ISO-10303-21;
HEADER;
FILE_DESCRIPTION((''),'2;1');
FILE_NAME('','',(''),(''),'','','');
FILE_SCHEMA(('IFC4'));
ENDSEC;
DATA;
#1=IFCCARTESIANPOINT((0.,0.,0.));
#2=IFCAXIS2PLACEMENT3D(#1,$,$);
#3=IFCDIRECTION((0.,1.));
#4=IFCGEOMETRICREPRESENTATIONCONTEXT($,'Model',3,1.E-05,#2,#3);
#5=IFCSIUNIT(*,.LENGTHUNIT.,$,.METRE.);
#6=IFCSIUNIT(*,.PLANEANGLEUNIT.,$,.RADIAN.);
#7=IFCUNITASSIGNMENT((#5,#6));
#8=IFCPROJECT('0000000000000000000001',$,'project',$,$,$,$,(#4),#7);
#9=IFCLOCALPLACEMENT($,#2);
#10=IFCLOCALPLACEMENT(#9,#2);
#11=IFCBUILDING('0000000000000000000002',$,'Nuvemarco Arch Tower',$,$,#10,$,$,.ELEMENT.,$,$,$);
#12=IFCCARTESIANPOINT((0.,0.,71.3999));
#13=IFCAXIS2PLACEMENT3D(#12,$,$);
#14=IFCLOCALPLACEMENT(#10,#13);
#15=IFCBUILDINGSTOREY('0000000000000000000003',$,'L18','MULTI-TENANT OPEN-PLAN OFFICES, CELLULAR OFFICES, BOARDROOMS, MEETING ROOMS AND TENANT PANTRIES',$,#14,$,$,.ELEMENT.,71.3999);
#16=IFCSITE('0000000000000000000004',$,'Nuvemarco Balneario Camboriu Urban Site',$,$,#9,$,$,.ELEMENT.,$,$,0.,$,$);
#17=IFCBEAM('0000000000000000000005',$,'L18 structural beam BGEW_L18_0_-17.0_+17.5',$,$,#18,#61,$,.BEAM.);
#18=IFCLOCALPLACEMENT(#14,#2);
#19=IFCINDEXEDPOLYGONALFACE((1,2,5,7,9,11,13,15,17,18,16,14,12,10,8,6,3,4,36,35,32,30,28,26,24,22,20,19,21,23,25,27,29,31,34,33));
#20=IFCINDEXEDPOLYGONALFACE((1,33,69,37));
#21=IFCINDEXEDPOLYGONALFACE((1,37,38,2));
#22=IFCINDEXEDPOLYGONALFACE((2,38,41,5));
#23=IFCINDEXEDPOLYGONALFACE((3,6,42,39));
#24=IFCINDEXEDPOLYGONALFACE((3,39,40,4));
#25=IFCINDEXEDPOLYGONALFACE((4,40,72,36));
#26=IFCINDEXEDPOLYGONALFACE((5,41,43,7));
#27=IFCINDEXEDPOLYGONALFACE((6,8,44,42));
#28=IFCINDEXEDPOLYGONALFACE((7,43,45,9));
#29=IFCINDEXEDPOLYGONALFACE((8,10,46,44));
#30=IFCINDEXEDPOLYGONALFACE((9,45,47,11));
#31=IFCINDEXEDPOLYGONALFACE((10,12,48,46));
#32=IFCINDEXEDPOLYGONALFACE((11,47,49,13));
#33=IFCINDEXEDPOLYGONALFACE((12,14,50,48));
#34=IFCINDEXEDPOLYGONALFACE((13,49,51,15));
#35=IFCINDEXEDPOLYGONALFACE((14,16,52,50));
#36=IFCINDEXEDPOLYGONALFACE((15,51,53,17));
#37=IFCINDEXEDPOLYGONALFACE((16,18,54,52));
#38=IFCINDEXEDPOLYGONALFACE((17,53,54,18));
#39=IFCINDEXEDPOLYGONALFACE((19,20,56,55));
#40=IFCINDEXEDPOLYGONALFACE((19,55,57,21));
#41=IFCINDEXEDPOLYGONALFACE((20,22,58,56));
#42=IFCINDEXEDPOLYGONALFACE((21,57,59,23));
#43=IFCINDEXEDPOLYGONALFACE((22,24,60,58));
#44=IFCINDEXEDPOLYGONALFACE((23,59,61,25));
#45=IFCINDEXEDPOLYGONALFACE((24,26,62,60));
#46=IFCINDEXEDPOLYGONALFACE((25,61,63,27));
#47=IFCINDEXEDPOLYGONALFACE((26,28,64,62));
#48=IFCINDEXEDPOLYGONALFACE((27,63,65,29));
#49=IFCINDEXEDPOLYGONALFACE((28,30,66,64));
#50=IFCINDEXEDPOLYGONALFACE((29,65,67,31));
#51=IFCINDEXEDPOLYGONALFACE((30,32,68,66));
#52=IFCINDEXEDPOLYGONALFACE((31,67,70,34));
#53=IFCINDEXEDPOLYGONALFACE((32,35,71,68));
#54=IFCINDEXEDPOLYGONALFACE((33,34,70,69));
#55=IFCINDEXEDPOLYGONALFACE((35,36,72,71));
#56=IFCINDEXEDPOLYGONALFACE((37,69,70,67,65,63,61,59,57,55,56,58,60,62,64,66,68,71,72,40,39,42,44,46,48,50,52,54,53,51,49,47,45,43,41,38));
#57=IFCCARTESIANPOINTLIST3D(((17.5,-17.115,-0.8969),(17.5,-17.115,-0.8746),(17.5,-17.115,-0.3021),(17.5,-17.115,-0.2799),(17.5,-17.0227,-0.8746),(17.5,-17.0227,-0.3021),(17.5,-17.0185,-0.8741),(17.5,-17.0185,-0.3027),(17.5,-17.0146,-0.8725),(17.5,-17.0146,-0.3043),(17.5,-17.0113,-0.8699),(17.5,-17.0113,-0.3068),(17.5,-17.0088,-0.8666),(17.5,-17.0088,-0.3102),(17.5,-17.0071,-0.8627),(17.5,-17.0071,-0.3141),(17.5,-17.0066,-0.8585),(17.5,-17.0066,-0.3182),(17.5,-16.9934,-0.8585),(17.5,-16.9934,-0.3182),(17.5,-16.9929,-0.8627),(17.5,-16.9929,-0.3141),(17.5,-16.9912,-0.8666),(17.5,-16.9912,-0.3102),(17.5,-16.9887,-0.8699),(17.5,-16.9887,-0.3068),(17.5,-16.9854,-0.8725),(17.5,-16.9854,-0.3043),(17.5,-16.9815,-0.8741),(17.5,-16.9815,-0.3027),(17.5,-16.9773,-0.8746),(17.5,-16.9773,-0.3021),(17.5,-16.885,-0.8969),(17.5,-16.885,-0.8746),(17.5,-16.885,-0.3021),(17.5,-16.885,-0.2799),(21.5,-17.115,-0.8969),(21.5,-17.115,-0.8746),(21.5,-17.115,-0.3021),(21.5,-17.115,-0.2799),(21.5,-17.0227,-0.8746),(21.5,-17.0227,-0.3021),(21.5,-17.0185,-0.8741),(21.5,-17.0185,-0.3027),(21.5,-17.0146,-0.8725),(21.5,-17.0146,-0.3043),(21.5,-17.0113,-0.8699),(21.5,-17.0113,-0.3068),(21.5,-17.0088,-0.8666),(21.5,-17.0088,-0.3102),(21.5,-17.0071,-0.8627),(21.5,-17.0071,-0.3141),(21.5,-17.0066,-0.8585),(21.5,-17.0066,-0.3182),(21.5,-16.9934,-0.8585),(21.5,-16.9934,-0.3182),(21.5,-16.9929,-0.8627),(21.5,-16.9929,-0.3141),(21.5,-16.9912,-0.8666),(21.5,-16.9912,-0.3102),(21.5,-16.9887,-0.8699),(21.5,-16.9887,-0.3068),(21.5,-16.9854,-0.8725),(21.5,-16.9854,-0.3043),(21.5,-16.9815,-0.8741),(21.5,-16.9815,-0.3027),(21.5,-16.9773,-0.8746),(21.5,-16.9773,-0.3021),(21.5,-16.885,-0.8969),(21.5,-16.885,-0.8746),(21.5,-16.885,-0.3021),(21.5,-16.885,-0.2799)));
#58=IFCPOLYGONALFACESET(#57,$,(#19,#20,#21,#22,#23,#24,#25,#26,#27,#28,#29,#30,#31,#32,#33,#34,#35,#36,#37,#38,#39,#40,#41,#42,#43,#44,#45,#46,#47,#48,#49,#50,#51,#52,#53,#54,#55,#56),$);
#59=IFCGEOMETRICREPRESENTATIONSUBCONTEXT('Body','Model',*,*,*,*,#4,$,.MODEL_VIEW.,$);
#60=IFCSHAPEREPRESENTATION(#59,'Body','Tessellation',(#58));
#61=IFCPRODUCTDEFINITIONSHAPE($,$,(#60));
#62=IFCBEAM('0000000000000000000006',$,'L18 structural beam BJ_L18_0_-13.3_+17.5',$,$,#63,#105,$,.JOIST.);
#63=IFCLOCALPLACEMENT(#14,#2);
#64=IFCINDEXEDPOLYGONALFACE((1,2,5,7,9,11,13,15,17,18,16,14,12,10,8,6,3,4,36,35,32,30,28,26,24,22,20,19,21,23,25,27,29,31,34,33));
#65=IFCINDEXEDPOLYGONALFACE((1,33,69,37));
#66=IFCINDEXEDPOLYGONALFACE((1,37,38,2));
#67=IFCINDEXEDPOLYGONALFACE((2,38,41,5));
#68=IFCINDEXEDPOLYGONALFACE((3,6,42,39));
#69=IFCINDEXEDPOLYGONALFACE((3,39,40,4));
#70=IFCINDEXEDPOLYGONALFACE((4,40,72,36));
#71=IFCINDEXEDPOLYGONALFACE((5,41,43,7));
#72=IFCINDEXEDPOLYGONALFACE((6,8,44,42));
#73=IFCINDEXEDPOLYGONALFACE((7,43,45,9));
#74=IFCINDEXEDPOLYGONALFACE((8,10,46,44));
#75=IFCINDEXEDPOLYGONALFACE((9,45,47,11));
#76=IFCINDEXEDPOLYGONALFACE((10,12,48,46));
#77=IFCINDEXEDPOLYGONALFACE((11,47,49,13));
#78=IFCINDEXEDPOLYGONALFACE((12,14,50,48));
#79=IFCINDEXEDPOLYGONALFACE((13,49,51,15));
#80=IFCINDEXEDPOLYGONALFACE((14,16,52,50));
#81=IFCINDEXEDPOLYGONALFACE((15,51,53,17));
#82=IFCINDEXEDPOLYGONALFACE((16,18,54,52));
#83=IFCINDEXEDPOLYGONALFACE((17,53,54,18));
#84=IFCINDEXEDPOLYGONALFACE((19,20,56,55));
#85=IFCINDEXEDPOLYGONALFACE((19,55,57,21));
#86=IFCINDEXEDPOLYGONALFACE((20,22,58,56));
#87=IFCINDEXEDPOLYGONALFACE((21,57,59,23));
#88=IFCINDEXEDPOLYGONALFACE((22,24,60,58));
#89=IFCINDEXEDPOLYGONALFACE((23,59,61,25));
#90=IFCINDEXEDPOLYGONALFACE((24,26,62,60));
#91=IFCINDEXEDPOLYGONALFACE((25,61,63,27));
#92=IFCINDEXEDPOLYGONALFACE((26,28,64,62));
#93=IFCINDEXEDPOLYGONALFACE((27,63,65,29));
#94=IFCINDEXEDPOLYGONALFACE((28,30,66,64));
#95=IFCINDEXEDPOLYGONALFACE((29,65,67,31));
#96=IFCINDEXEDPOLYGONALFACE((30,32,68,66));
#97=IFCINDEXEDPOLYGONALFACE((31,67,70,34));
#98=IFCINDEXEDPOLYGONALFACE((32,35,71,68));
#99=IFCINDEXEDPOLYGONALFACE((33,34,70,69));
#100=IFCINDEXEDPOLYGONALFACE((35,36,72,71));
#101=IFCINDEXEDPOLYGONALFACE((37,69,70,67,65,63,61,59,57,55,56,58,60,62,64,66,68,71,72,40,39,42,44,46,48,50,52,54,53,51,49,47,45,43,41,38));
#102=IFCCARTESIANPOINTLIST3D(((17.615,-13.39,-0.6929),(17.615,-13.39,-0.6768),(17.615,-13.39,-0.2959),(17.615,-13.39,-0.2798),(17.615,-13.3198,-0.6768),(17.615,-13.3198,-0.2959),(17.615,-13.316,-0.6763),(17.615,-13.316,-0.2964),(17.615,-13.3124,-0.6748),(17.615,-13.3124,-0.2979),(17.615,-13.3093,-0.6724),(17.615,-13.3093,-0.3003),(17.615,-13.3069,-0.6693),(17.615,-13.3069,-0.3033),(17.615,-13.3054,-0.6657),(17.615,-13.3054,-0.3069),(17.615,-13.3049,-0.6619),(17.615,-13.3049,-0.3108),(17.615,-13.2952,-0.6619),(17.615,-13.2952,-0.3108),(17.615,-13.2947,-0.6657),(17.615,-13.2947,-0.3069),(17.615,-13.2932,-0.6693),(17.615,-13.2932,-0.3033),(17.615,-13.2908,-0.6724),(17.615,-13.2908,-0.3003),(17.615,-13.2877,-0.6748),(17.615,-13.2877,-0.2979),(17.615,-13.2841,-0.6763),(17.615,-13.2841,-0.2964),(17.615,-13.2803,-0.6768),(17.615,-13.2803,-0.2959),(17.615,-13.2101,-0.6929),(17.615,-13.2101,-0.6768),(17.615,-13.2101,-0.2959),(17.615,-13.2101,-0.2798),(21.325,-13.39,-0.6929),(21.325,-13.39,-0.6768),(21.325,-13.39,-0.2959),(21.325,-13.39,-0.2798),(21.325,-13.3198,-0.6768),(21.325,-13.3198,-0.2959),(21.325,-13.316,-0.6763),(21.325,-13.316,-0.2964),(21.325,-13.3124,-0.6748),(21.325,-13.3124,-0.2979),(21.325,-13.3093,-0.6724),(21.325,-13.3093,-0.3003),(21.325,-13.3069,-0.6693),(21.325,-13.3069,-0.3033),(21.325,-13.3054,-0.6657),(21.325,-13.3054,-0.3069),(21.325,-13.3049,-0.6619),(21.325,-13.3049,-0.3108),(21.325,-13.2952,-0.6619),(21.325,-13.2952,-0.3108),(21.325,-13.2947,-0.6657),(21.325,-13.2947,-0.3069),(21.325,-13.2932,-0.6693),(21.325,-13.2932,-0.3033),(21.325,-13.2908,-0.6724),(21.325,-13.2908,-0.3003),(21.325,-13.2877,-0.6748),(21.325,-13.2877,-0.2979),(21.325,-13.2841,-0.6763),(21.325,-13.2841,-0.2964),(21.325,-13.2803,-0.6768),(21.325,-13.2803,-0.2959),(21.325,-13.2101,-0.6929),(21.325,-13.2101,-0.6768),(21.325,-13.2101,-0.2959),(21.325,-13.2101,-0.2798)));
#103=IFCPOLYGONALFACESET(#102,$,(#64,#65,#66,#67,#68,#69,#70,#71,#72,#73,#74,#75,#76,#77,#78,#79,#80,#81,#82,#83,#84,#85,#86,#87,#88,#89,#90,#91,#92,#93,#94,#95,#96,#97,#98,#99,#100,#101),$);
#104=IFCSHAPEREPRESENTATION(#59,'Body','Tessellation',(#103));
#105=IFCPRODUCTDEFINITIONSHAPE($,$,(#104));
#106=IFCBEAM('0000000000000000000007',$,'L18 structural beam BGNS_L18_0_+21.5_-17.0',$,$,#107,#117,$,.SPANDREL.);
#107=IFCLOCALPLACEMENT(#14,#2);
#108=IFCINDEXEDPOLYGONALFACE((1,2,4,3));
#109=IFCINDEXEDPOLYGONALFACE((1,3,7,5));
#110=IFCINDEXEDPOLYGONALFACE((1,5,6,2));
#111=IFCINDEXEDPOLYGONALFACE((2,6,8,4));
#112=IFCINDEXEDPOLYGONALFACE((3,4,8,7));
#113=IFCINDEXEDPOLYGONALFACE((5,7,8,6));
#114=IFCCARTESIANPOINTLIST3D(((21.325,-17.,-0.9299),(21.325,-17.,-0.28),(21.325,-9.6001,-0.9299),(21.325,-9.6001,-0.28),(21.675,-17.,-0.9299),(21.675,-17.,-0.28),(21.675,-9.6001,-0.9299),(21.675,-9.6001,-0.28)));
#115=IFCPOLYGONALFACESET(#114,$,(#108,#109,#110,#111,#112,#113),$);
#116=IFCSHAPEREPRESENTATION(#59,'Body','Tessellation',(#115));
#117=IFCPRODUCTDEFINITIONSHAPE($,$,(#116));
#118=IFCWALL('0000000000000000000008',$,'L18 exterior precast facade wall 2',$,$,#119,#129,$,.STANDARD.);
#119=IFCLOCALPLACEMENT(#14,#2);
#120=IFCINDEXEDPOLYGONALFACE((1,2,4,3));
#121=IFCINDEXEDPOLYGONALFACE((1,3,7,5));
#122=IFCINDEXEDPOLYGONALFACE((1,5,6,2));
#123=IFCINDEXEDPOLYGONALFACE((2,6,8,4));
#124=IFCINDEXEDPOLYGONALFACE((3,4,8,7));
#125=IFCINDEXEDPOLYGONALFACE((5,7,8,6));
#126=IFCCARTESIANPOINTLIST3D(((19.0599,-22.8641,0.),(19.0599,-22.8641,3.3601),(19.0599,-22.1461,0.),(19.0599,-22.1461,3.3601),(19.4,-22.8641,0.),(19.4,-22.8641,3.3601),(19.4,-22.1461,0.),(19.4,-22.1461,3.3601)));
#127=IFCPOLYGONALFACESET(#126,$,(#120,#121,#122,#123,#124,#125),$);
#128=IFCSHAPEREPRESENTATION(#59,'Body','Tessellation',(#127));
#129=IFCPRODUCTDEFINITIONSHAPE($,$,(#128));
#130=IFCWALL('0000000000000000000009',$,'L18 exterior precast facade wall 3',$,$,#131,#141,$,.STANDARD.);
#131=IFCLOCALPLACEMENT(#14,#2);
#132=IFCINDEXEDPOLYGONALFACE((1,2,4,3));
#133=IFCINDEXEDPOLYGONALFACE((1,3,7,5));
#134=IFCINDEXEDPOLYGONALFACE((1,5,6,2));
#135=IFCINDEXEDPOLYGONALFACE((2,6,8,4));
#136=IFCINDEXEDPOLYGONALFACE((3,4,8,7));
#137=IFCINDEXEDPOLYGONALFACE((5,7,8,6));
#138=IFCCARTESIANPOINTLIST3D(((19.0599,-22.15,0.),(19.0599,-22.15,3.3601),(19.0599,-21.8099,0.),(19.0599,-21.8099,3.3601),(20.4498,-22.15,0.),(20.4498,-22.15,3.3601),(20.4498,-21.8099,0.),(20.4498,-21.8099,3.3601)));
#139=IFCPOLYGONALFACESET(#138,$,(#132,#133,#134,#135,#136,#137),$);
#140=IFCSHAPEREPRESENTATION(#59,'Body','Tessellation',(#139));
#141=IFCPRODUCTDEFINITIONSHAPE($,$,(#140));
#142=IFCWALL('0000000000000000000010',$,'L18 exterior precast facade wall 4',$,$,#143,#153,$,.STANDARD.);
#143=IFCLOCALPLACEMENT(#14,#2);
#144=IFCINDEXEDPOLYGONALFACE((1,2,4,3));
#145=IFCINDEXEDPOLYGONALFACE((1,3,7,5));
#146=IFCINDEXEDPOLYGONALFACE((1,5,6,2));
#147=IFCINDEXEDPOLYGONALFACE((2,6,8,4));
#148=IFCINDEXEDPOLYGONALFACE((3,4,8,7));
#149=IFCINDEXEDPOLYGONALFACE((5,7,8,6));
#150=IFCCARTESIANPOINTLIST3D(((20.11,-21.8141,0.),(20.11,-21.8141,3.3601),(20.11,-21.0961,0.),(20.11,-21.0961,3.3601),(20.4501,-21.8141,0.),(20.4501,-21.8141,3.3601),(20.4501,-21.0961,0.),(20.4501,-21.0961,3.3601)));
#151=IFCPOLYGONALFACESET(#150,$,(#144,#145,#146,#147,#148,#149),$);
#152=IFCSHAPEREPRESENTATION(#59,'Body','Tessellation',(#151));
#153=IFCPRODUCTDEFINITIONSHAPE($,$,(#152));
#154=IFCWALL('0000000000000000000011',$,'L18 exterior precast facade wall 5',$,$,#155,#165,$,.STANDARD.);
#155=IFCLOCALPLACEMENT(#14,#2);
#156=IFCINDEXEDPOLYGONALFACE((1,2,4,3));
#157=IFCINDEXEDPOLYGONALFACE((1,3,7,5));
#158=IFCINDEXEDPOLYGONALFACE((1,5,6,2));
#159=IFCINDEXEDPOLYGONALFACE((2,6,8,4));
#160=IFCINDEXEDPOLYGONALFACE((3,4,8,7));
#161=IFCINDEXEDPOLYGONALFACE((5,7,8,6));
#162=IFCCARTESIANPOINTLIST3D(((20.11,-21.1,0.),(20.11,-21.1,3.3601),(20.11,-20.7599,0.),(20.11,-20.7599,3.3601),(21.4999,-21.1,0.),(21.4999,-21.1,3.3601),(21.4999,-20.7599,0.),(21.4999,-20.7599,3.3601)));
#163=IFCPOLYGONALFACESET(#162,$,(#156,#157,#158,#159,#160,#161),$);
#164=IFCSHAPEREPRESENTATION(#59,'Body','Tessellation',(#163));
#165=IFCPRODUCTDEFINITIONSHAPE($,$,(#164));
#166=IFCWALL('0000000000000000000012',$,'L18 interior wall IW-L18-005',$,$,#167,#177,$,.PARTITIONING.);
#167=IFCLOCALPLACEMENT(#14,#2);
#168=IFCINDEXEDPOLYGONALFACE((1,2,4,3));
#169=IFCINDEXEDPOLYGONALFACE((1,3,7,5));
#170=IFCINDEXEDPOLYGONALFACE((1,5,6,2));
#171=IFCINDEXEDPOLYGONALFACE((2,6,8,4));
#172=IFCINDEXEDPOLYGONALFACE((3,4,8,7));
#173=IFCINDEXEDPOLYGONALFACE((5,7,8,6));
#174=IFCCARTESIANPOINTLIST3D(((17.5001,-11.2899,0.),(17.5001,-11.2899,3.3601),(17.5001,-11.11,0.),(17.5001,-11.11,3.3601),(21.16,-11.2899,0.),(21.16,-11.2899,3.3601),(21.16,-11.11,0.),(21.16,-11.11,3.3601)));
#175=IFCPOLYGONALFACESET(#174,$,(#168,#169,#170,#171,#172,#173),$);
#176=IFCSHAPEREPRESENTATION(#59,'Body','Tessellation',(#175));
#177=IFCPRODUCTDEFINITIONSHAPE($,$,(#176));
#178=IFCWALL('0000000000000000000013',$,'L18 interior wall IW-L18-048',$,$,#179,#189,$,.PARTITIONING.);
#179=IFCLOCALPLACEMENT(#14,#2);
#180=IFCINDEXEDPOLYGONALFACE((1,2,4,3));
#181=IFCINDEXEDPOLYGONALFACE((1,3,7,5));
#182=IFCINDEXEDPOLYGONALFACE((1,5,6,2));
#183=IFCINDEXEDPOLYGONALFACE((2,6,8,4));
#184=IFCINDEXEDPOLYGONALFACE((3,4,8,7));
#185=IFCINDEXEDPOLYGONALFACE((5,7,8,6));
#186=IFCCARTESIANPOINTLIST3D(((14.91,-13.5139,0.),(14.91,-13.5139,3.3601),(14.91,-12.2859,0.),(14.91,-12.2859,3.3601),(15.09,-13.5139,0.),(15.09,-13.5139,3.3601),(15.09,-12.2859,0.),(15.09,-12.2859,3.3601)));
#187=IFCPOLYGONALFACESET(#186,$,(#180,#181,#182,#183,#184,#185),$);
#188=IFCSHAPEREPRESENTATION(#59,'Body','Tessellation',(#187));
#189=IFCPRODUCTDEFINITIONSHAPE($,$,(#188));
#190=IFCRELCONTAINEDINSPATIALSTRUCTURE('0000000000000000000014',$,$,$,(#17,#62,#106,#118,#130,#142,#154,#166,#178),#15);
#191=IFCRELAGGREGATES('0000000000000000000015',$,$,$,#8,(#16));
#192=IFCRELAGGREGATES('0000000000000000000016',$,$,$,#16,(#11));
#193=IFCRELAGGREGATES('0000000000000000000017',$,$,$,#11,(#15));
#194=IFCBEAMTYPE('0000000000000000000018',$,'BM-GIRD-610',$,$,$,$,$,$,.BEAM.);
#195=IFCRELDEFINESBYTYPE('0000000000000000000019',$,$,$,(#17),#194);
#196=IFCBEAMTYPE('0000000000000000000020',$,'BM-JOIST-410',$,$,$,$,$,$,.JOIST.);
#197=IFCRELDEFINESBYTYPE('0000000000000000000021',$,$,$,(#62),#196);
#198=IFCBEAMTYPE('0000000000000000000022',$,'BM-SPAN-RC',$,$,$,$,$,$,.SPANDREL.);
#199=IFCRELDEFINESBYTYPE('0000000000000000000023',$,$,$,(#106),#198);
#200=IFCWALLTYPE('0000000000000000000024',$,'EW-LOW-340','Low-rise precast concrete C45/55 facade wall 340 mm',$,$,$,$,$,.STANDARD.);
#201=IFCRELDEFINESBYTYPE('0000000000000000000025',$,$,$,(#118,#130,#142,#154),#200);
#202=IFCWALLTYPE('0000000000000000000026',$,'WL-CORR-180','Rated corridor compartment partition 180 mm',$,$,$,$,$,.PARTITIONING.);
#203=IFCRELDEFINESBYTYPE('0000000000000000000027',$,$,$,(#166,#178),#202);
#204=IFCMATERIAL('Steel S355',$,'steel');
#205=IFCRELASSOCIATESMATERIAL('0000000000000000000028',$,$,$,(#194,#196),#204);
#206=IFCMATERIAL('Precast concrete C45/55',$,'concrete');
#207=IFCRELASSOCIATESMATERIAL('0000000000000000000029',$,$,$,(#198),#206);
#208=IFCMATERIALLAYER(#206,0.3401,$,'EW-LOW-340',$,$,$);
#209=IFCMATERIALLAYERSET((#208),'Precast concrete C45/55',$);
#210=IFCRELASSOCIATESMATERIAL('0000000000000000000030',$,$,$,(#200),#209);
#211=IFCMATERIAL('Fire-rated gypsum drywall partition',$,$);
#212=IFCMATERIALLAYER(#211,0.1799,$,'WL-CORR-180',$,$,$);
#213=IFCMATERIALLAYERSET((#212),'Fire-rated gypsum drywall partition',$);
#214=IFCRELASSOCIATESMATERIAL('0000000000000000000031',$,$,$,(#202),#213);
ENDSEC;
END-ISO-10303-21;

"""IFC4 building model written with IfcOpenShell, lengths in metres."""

from ifc_helpers import new_model, si_unit, direction, frame, frame_2d, origin, origin_2d, place, context, subcontext, project, spatial, rectangle, i_section, extrude, material, layer, layer_set, material_profile, profile_set, type_object, element, save


model = new_model("IFC4")

# Units and contexts
model_context = context("Model", 3, precision=1e-05, world=origin(), true_north=direction((0.0, 1.0)))
body_context = subcontext(model_context, "Body", "Model", "MODEL_VIEW")
ifc_project = project(units=[si_unit("LENGTHUNIT", "METRE"), si_unit("PLANEANGLEUNIT", "RADIAN")], contexts=[model_context])

# Site, building, storey
site_placement = place(None, origin())
site = spatial("IfcSite", under=ifc_project, at=site_placement, Name="Nuvemarco Balneario Camboriu Urban Site", CompositionType="ELEMENT", RefElevation=0.0)
building_placement = place(site_placement, origin())
building = spatial("IfcBuilding", under=site, at=building_placement, Name="Nuvemarco Arch Tower", CompositionType="ELEMENT")
storey_placement = place(building_placement, frame((0.0, 0.0, 71.3999)))
storey = spatial("IfcBuildingStorey", under=building, at=storey_placement, Name="L18", Description="MULTI-TENANT OPEN-PLAN OFFICES, CELLULAR OFFICES, BOARDROOMS, MEETING ROOMS AND TENANT PANTRIES", CompositionType="ELEMENT", Elevation=71.3999)

# Shared definitions
ifc_material_1 = material(Name="Steel S355", Category="steel")

# Beams
ifc_material_profile_1 = material_profile(ifc_material_1, i_section(OverallWidth=0.23, OverallDepth=0.6169, WebThickness=0.0132, FlangeThickness=0.0222, FilletRadius=0.0161, at=origin_2d()), Name="W610x140")
ifc_profile_set_1 = profile_set([ifc_material_profile_1], Name="Steel S355")
beam_type_1 = type_object("IfcBeamType", Name="BM-GIRD-610", PredefinedType="BEAM", material=ifc_profile_set_1)
beam_1_placement = place(storey_placement, frame((17.5, -17.0, -0.5884), z_axis=(1.0, 0.0, 0.0), x_axis=(0.0, 1.0, 0.0)))
element("IfcBeam", 1, at=beam_1_placement, inside=storey, type_object=beam_type_1, Name="L18 structural beam BGEW_L18_0_-17.0_+17.5", PredefinedType="BEAM", context=body_context, shape_type="SweptSolid", body=[
    extrude(i_section(OverallWidth=0.23, OverallDepth=0.6169, WebThickness=0.0132, FlangeThickness=0.0222, FilletRadius=0.0161, at=origin_2d()), origin(), (0.0, 0.0, 1.0), 4.0),
])
ifc_material_profile_2 = material_profile(ifc_material_1, i_section(OverallWidth=0.1799, OverallDepth=0.4131, WebThickness=0.0098, FlangeThickness=0.0161, FilletRadius=0.0149, at=origin_2d()), Name="W410x75")
ifc_profile_set_2 = profile_set([ifc_material_profile_2], Name="Steel S355")
beam_type_2 = type_object("IfcBeamType", Name="BM-JOIST-410", PredefinedType="JOIST", material=ifc_profile_set_2)
beam_2_placement = place(storey_placement, frame((17.615, -13.3, -0.4863), z_axis=(1.0, 0.0, 0.0), x_axis=(0.0, 1.0, 0.0)))
element("IfcBeam", 2, at=beam_2_placement, inside=storey, type_object=beam_type_2, Name="L18 structural beam BJ_L18_0_-13.3_+17.5", PredefinedType="JOIST", context=body_context, shape_type="SweptSolid", body=[
    extrude(i_section(OverallWidth=0.1799, OverallDepth=0.4131, WebThickness=0.0098, FlangeThickness=0.0161, FilletRadius=0.0149, at=origin_2d()), origin(), (0.0, 0.0, 1.0), 3.71),
])
ifc_material_2 = material(Name="Precast concrete C45/55", Category="concrete")
ifc_material_profile_3 = material_profile(ifc_material_2, rectangle(XDim=0.3501, YDim=0.6499, at=origin_2d()), Name="PC-SP-350x650")
ifc_profile_set_3 = profile_set([ifc_material_profile_3], Name="Precast concrete C45/55")
beam_type_3 = type_object("IfcBeamType", Name="BM-SPAN-RC", PredefinedType="SPANDREL", material=ifc_profile_set_3)
beam_3_placement = place(storey_placement, frame((21.5, -17.0, -0.605), z_axis=(0.0, 1.0, 0.0), x_axis=(-1.0, 0.0, 0.0)))
element("IfcBeam", 3, at=beam_3_placement, inside=storey, type_object=beam_type_3, Name="L18 structural beam BGNS_L18_0_+21.5_-17.0", PredefinedType="SPANDREL", context=body_context, shape_type="SweptSolid", body=[
    extrude(rectangle(XDim=0.3501, YDim=0.6499, at=origin_2d()), origin(), (0.0, 0.0, 1.0), 7.3999),
])

# Walls
ifc_layer_1 = layer(ifc_material_2, 0.3401, Name="EW-LOW-340")
ifc_layer_set_1 = layer_set([ifc_layer_1], Name="Precast concrete C45/55")
wall_type_1 = type_object("IfcWallType", Name="EW-LOW-340", Description="Low-rise precast concrete C45/55 facade wall 340 mm", PredefinedType="STANDARD", material=ifc_layer_set_1)
wall_1_placement = place(storey_placement, frame((19.23, -22.864, 0.0), z_axis=(0.0, 0.0, 1.0), x_axis=(0.0, 1.0, 0.0)))
element("IfcWall", 4, at=wall_1_placement, inside=storey, type_object=wall_type_1, Name="L18 exterior precast facade wall 2", PredefinedType="STANDARD", context=body_context, shape_type="SweptSolid", body=[
    extrude(rectangle(XDim=0.718, YDim=0.3401, at=frame_2d((0.3589, 0.0))), origin(), (0.0, 0.0, 1.0), 3.3601),
])
wall_2_placement = place(storey_placement, frame((19.0601, -21.98, 0.0), z_axis=(0.0, 0.0, 1.0), x_axis=(1.0, 0.0, 0.0)))
element("IfcWall", 5, at=wall_2_placement, inside=storey, type_object=wall_type_1, Name="L18 exterior precast facade wall 3", PredefinedType="STANDARD", context=body_context, shape_type="SweptSolid", body=[
    extrude(rectangle(XDim=1.3899, YDim=0.3401, at=frame_2d((0.6948, 0.0))), origin(), (0.0, 0.0, 1.0), 3.3601),
])
wall_3_placement = place(storey_placement, frame((20.28, -21.814, 0.0), z_axis=(0.0, 0.0, 1.0), x_axis=(0.0, 1.0, 0.0)))
element("IfcWall", 6, at=wall_3_placement, inside=storey, type_object=wall_type_1, Name="L18 exterior precast facade wall 4", PredefinedType="STANDARD", context=body_context, shape_type="SweptSolid", body=[
    extrude(rectangle(XDim=0.718, YDim=0.3401, at=frame_2d((0.3589, 0.0))), origin(), (0.0, 0.0, 1.0), 3.3601),
])
wall_4_placement = place(storey_placement, frame((20.1101, -20.9299, 0.0), z_axis=(0.0, 0.0, 1.0), x_axis=(1.0, 0.0, 0.0)))
element("IfcWall", 7, at=wall_4_placement, inside=storey, type_object=wall_type_1, Name="L18 exterior precast facade wall 5", PredefinedType="STANDARD", context=body_context, shape_type="SweptSolid", body=[
    extrude(rectangle(XDim=1.3899, YDim=0.3401, at=frame_2d((0.6948, 0.0))), origin(), (0.0, 0.0, 1.0), 3.3601),
])

# Walls
ifc_material_3 = material(Name="Fire-rated gypsum drywall partition")
ifc_layer_2 = layer(ifc_material_3, 0.1799, Name="WL-CORR-180")
ifc_layer_set_2 = layer_set([ifc_layer_2], Name="Fire-rated gypsum drywall partition")
wall_type_2 = type_object("IfcWallType", Name="WL-CORR-180", Description="Rated corridor compartment partition 180 mm", PredefinedType="PARTITIONING", material=ifc_layer_set_2)
wall_5_placement = place(storey_placement, frame((17.5, -11.2, 0.0), z_axis=(0.0, 0.0, 1.0), x_axis=(1.0, 0.0, 0.0)))
element("IfcWall", 8, at=wall_5_placement, inside=storey, type_object=wall_type_2, Name="L18 interior wall IW-L18-005", PredefinedType="PARTITIONING", context=body_context, shape_type="SweptSolid", body=[
    extrude(rectangle(XDim=3.6599, YDim=0.1799, at=frame_2d((1.8301, 0.0))), origin(), (0.0, 0.0, 1.0), 3.3601),
])
wall_6_placement = place(storey_placement, frame((15.0, -13.5139, 0.0), z_axis=(0.0, 0.0, 1.0), x_axis=(0.0, 1.0, 0.0)))
element("IfcWall", 9, at=wall_6_placement, inside=storey, type_object=wall_type_2, Name="L18 interior wall IW-L18-048", PredefinedType="PARTITIONING", context=body_context, shape_type="SweptSolid", body=[
    extrude(rectangle(XDim=1.228, YDim=0.1799, at=frame_2d((0.614, 0.0))), origin(), (0.0, 0.0, 1.0), 3.3601),
])

save(model, "model.ifc")
